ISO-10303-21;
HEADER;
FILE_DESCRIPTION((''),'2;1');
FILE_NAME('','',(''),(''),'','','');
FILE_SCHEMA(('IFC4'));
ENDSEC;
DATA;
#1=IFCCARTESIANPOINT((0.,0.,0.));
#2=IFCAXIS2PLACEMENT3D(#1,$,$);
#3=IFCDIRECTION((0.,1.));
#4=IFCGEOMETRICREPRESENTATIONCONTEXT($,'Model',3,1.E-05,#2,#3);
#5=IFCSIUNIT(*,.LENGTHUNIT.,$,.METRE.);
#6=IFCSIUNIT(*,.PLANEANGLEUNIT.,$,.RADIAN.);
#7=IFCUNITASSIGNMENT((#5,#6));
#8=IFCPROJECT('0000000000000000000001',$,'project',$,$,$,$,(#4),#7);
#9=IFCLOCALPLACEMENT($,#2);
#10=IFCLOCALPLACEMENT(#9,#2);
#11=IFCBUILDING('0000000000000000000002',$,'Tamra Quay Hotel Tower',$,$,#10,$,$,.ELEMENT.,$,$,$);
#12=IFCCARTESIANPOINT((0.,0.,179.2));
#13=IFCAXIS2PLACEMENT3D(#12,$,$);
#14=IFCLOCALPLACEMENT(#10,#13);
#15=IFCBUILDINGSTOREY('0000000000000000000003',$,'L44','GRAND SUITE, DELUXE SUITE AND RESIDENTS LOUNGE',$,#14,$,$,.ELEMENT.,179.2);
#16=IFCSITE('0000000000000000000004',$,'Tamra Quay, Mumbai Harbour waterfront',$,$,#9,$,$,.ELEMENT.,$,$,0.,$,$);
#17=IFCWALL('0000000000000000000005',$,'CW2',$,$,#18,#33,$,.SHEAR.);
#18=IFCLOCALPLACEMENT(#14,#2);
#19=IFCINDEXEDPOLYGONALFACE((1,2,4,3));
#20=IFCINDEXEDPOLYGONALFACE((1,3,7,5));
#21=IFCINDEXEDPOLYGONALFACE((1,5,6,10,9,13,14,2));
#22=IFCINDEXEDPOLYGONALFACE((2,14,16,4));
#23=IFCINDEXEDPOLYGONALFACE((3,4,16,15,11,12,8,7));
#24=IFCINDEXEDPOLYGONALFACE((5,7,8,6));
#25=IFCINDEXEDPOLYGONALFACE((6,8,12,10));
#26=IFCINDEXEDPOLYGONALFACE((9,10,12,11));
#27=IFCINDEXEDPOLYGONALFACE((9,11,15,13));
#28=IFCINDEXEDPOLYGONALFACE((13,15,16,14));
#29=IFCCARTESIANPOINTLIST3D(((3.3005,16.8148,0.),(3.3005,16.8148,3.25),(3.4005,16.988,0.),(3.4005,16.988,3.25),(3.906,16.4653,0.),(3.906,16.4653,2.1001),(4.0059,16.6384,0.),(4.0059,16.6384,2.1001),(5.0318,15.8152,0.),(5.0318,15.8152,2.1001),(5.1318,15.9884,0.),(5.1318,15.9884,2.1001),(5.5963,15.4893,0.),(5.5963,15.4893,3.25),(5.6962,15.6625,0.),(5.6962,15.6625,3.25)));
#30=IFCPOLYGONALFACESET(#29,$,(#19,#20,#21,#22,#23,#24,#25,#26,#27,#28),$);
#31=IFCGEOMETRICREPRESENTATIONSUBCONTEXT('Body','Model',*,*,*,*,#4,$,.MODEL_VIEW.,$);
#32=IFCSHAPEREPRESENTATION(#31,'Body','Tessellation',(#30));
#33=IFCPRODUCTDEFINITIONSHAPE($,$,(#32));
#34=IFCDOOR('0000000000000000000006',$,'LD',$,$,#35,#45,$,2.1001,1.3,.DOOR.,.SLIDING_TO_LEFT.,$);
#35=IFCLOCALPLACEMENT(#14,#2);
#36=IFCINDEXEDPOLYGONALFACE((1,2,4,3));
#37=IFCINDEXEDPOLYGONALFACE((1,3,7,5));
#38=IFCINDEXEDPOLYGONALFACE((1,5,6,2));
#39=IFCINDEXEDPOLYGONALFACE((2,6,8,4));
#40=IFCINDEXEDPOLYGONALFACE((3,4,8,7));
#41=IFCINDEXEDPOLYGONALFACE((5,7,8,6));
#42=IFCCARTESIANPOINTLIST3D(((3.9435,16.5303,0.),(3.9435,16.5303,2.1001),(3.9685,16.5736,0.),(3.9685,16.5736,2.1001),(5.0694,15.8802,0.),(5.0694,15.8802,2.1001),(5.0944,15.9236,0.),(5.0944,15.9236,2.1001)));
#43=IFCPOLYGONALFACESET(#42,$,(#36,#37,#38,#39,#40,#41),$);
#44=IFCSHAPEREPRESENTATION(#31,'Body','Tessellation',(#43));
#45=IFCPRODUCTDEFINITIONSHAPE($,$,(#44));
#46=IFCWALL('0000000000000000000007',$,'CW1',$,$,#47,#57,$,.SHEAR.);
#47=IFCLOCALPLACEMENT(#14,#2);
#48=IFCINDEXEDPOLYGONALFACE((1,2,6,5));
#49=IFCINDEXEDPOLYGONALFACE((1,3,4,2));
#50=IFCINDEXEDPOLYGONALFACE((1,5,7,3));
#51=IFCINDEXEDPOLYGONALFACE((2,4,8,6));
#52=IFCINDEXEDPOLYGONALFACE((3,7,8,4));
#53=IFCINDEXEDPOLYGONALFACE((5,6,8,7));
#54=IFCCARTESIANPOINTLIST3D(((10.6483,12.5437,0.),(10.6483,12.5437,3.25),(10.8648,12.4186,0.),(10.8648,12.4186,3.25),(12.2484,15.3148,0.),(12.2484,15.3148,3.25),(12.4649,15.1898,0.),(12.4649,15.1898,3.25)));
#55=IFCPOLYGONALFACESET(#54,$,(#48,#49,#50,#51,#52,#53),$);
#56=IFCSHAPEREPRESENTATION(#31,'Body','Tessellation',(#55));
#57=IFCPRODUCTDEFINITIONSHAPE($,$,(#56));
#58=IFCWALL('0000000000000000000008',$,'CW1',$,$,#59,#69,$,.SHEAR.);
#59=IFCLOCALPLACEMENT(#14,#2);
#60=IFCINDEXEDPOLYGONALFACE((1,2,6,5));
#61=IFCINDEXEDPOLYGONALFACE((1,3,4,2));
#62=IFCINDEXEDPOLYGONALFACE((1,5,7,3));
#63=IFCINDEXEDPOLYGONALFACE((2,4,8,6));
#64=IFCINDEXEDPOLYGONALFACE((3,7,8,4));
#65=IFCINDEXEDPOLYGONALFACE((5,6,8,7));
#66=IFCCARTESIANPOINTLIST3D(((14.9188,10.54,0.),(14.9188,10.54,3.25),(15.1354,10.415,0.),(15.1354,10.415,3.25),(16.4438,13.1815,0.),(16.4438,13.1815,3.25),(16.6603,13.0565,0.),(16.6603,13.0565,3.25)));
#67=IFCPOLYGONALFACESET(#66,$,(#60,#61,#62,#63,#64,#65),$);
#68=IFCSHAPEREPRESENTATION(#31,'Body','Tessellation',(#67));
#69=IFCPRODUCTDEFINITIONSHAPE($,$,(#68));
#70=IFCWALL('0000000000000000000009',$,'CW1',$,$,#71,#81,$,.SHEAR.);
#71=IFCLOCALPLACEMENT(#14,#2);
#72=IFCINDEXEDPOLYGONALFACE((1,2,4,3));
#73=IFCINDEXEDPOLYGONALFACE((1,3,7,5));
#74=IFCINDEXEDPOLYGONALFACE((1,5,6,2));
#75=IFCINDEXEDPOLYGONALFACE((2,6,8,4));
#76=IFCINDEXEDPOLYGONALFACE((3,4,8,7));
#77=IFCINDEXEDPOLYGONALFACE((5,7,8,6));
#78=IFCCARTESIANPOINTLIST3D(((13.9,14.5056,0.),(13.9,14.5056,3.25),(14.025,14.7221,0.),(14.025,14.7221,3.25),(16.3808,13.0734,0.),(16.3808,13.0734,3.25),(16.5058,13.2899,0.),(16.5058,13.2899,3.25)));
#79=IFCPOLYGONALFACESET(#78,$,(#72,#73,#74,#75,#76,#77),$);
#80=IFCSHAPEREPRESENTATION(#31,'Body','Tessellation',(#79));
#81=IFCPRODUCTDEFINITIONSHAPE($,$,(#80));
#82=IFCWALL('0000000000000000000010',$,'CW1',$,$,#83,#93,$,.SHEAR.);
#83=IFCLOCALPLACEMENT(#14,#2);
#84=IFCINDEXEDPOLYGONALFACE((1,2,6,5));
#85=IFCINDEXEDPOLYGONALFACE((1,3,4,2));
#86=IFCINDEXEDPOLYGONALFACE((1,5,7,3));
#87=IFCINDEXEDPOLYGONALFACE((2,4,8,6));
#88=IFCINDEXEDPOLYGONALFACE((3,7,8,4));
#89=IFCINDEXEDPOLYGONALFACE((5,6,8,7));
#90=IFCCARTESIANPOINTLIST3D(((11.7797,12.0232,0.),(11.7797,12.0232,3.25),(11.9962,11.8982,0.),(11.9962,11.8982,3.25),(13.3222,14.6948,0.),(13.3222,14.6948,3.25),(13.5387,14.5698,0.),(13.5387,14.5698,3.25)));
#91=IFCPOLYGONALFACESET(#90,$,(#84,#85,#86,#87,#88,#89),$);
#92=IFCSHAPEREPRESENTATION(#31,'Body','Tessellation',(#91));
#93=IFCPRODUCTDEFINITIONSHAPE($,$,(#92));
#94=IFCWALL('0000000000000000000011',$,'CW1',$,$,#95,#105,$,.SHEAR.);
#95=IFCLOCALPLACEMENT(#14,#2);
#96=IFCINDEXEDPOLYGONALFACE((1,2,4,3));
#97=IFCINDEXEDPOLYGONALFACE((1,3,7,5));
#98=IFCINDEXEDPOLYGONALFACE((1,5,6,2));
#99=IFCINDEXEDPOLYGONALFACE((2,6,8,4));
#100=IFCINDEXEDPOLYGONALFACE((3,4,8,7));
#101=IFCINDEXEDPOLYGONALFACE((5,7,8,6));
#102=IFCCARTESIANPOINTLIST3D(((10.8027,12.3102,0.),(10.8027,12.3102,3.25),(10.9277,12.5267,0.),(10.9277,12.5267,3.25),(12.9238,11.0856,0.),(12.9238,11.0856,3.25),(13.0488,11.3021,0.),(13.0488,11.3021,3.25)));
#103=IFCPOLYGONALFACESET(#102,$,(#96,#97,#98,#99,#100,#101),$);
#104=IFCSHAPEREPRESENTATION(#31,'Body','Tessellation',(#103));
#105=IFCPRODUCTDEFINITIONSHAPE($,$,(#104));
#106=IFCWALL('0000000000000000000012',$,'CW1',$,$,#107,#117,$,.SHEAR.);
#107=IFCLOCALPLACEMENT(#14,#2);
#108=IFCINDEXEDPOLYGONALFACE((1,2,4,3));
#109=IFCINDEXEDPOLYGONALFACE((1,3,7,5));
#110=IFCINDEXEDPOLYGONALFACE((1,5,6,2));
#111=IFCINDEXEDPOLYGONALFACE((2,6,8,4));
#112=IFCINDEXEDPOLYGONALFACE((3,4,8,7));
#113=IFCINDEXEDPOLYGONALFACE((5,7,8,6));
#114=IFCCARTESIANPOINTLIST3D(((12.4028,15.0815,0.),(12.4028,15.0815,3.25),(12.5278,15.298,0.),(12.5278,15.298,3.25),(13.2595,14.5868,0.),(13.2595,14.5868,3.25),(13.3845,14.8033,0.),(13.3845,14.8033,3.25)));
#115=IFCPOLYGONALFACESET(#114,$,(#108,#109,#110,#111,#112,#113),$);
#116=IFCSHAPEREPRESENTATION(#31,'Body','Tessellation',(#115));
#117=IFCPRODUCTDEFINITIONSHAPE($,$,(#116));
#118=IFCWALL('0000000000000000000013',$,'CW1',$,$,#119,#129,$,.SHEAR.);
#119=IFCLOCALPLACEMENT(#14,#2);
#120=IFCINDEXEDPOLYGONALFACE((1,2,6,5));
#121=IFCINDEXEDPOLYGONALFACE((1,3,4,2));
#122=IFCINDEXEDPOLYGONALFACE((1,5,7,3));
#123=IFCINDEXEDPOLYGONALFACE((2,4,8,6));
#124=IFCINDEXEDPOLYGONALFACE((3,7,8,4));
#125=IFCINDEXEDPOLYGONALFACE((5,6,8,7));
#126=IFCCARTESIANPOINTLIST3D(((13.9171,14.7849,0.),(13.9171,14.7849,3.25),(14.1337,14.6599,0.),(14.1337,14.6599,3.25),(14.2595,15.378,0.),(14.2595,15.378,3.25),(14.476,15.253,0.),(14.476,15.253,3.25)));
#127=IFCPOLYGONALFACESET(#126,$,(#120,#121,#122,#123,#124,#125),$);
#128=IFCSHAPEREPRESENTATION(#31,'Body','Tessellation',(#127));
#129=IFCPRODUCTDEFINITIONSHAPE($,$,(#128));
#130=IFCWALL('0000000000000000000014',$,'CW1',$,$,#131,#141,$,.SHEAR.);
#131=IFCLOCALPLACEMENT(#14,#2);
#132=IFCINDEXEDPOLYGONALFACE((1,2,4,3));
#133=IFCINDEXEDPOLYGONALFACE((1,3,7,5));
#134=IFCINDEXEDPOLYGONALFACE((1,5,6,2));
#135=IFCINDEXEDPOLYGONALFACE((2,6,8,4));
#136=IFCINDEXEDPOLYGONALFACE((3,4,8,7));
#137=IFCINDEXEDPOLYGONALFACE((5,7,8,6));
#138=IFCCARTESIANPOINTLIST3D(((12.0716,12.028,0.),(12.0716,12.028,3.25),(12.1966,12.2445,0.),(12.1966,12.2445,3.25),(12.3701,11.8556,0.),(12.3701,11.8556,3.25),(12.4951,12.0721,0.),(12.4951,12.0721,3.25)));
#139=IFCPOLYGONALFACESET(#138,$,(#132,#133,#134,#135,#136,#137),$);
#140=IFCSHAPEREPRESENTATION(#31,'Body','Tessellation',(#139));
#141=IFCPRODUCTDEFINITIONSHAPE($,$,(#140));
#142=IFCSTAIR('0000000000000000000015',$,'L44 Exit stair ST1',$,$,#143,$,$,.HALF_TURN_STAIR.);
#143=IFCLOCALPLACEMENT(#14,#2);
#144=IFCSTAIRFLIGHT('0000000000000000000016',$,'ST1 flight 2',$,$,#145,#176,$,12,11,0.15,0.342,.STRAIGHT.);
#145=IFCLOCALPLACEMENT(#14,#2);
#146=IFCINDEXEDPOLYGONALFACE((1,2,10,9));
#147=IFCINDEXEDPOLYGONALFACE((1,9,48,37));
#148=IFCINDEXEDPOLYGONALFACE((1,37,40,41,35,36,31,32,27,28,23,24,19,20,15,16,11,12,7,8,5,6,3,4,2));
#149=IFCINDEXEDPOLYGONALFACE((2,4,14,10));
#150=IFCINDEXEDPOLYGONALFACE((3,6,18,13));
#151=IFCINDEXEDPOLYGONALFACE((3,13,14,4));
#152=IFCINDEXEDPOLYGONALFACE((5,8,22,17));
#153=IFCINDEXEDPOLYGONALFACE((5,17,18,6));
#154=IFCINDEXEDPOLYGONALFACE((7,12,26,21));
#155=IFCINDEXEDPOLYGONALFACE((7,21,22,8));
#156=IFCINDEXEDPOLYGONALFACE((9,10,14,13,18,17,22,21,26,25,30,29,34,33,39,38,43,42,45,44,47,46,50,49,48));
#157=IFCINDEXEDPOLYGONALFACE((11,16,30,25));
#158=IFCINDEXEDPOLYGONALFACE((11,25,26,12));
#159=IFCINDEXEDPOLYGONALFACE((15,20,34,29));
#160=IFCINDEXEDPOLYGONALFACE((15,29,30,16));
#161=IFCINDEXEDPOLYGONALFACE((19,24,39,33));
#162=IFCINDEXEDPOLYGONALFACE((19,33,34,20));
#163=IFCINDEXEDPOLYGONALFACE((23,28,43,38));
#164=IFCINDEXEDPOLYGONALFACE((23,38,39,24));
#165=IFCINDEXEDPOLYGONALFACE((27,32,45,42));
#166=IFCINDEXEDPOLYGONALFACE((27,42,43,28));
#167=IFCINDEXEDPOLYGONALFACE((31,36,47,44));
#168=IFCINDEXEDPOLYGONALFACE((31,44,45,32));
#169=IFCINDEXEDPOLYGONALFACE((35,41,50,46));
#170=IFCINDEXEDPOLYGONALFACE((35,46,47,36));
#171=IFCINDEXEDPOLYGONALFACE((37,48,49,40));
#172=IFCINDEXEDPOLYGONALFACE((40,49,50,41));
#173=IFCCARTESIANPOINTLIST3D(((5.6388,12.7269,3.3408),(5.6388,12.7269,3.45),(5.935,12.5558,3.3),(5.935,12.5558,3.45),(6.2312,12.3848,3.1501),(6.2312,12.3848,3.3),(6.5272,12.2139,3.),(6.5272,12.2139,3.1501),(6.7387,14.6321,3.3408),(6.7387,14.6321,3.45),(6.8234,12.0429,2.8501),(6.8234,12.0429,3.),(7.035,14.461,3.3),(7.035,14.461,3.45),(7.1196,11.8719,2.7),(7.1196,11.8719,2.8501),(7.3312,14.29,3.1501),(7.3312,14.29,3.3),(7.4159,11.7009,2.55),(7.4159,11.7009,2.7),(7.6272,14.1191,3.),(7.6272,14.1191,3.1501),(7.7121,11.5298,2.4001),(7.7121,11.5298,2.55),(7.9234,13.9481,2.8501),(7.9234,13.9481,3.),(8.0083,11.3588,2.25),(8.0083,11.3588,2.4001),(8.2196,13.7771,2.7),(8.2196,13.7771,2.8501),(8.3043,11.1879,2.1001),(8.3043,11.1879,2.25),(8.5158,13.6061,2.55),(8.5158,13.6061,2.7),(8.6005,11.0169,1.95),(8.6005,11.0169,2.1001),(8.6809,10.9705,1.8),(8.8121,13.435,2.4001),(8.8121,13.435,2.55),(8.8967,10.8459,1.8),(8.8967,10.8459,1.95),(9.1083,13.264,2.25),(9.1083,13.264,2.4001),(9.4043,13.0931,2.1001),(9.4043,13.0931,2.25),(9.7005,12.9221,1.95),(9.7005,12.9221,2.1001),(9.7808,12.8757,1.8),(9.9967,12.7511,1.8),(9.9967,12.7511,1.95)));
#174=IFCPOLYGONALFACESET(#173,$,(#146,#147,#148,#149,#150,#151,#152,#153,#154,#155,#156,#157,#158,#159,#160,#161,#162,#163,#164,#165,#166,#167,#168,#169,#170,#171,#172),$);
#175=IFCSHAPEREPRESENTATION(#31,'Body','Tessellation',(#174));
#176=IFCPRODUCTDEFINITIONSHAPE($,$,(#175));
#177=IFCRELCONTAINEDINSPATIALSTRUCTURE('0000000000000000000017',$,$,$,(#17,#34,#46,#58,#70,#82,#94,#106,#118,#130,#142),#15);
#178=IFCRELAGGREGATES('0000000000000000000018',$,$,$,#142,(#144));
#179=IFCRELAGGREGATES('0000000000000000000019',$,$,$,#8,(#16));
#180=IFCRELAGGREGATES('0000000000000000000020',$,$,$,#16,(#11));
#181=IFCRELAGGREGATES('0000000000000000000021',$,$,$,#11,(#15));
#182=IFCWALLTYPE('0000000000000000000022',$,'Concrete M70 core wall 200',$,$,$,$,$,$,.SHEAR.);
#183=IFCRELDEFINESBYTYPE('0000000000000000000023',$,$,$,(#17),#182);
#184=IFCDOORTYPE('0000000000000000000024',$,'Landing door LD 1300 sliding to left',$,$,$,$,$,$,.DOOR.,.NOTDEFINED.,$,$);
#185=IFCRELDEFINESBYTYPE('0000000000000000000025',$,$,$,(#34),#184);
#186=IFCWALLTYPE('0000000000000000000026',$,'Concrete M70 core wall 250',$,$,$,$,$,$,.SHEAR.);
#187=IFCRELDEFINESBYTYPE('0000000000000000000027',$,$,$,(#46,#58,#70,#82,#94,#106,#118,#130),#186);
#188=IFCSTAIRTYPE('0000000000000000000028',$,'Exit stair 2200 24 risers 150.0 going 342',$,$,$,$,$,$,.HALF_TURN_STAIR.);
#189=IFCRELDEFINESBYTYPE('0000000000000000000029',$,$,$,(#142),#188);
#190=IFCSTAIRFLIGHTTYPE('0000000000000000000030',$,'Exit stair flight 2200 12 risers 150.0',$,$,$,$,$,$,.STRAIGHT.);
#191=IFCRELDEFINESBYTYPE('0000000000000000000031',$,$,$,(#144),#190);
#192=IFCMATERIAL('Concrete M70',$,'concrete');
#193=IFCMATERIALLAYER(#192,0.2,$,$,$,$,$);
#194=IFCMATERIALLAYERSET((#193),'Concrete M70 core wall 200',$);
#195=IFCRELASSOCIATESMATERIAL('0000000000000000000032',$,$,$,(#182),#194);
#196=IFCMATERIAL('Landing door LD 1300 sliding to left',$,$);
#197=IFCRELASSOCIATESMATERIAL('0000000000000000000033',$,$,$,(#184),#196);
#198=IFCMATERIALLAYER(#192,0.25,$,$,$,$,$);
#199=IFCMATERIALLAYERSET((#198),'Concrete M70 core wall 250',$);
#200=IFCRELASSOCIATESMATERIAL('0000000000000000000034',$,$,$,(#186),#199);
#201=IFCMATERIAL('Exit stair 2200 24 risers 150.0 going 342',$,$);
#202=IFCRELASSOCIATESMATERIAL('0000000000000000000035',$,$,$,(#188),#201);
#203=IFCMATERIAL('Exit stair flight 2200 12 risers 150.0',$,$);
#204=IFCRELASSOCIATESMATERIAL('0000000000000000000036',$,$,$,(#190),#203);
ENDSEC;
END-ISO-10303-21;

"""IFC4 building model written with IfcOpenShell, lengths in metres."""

from ifc_helpers import new_model, si_unit, direction, frame, frame_2d, origin, place, context, subcontext, project, spatial, polyline, rectangle, outline, extrude, material, layer, layer_set, type_object, element, fill, aggregate, save


model = new_model("IFC4")

# Units and contexts
model_context = context("Model", 3, precision=1e-05, world=origin(), true_north=direction((0.0, 1.0)))
body_context = subcontext(model_context, "Body", "Model", "MODEL_VIEW")
ifc_project = project(units=[si_unit("LENGTHUNIT", "METRE"), si_unit("PLANEANGLEUNIT", "RADIAN")], contexts=[model_context])

# Site, building, storey
site_placement = place(None, origin())
site = spatial("IfcSite", under=ifc_project, at=site_placement, Name="Tamra Quay, Mumbai Harbour waterfront", CompositionType="ELEMENT", RefElevation=0.0)
building_placement = place(site_placement, origin())
building = spatial("IfcBuilding", under=site, at=building_placement, Name="Tamra Quay Hotel Tower", CompositionType="ELEMENT")
storey_placement = place(building_placement, frame((0.0, 0.0, 179.2)))
storey = spatial("IfcBuildingStorey", under=building, at=storey_placement, Name="L44", Description="GRAND SUITE, DELUXE SUITE AND RESIDENTS LOUNGE", CompositionType="ELEMENT", Elevation=179.2)

# Shared definitions
ifc_material_1 = material(Name="Concrete M70", Category="concrete")

# Shared definitions
ifc_layer_1 = layer(ifc_material_1, 0.2)
ifc_layer_set_1 = layer_set([ifc_layer_1], Name="Concrete M70 core wall 200")
wall_type_1 = type_object("IfcWallType", Name="Concrete M70 core wall 200", PredefinedType="SHEAR", material=ifc_layer_set_1)

# Wall, opening, door
wall_1_placement = place(storey_placement, frame((5.6462, 15.5759, 0.0), z_axis=(0.0, 0.0, 1.0), x_axis=(-0.866018, 0.500012, 0.0)))
wall_1 = element("IfcWall", 1, at=wall_1_placement, inside=storey, type_object=wall_type_1, Name="CW2", PredefinedType="SHEAR", context=body_context, shape_type="SweptSolid", body=[
    extrude(rectangle(XDim=2.6509, YDim=0.2, at=frame_2d((1.3254, 0.0))), origin(), (0.0, 0.0, 1.0), 3.25),
])
opening_1_placement = place(wall_1_placement, frame((0.6519, 0.0, 0.0)))
opening_1 = element("IfcOpeningElement", 2, at=opening_1_placement, cuts=wall_1, PredefinedType="OPENING", context=body_context, shape_type="SweptSolid", body=[
    extrude(rectangle(XDim=1.3, YDim=2.1001, at=frame_2d((0.6499, 1.05))), frame((0.0, 0.1099, 0.0), z_axis=(0.0, -1.0, 0.0), x_axis=(1.0, 0.0, 0.0)), (0.0, 0.0, 1.0), 0.22),
])
ifc_material_2 = material(Name="Landing door LD 1300 sliding to left")
door_type_1 = type_object("IfcDoorType", Name="Landing door LD 1300 sliding to left", OperationType="NOTDEFINED", PredefinedType="DOOR", material=ifc_material_2)
door_1_placement = place(opening_1_placement, origin())
door_1 = element("IfcDoor", 3, at=door_1_placement, inside=storey, type_object=door_type_1, Name="LD", OperationType="SLIDING_TO_LEFT", OverallHeight=2.1001, OverallWidth=1.3, PredefinedType="DOOR", context=body_context, shape_type="SweptSolid", body=[
    extrude(rectangle(XDim=1.3, YDim=2.1001, at=frame_2d((0.6499, 1.05))), frame((0.0, 0.0249, 0.0), z_axis=(0.0, -1.0, 0.0), x_axis=(1.0, 0.0, 0.0)), (0.0, 0.0, 1.0), 0.05),
])
fill(opening_1, door_1)

# Walls
ifc_layer_2 = layer(ifc_material_1, 0.25)
ifc_layer_set_2 = layer_set([ifc_layer_2], Name="Concrete M70 core wall 250")
wall_type_2 = type_object("IfcWallType", Name="Concrete M70 core wall 250", PredefinedType="SHEAR", material=ifc_layer_set_2)
wall_2_placement = place(storey_placement, frame((12.3567, 15.2524, 0.0), z_axis=(0.0, 0.0, 1.0), x_axis=(-0.500028, -0.866009, 0.0)))
element("IfcWall", 4, at=wall_2_placement, inside=storey, type_object=wall_type_2, Name="CW1", PredefinedType="SHEAR", context=body_context, shape_type="SweptSolid", body=[
    extrude(rectangle(XDim=3.2, YDim=0.25, at=frame_2d((1.6001, 0.0))), origin(), (0.0, 0.0, 1.0), 3.25),
])
wall_3_placement = place(storey_placement, frame((16.552, 13.1189, 0.0), z_axis=(0.0, 0.0, 1.0), x_axis=(-0.499979, -0.866038, 0.0)))
element("IfcWall", 5, at=wall_3_placement, inside=storey, type_object=wall_type_2, Name="CW1", PredefinedType="SHEAR", context=body_context, shape_type="SweptSolid", body=[
    extrude(rectangle(XDim=3.05, YDim=0.25, at=frame_2d((1.5249, 0.0))), origin(), (0.0, 0.0, 1.0), 3.25),
])
wall_4_placement = place(storey_placement, frame((13.9626, 14.6138, 0.0), z_axis=(0.0, 0.0, 1.0), x_axis=(0.866042, -0.499971, 0.0)))
element("IfcWall", 6, at=wall_4_placement, inside=storey, type_object=wall_type_2, Name="CW1", PredefinedType="SHEAR", context=body_context, shape_type="SweptSolid", body=[
    extrude(rectangle(XDim=2.8645, YDim=0.25, at=frame_2d((1.4321, 0.0))), origin(), (0.0, 0.0, 1.0), 3.25),
])
wall_5_placement = place(storey_placement, frame((11.8879, 11.9607, 0.0), z_axis=(0.0, 0.0, 1.0), x_axis=(0.500003, 0.866023, 0.0)))
element("IfcWall", 7, at=wall_5_placement, inside=storey, type_object=wall_type_2, Name="CW1", PredefinedType="SHEAR", context=body_context, shape_type="SweptSolid", body=[
    extrude(rectangle(XDim=3.085, YDim=0.25, at=frame_2d((1.5425, 0.0))), origin(), (0.0, 0.0, 1.0), 3.25),
])
wall_6_placement = place(storey_placement, frame((10.8652, 12.4185, 0.0), z_axis=(0.0, 0.0, 1.0), x_axis=(0.866026, -0.499999, 0.0)))
element("IfcWall", 8, at=wall_6_placement, inside=storey, type_object=wall_type_2, Name="CW1", PredefinedType="SHEAR", context=body_context, shape_type="SweptSolid", body=[
    extrude(rectangle(XDim=2.4492, YDim=0.25, at=frame_2d((1.2246, 0.0))), origin(), (0.0, 0.0, 1.0), 3.25),
])
wall_7_placement = place(storey_placement, frame((13.322, 14.6951, 0.0), z_axis=(0.0, 0.0, 1.0), x_axis=(-0.866017, 0.500014, 0.0)))
element("IfcWall", 9, at=wall_7_placement, inside=storey, type_object=wall_type_2, Name="CW1", PredefinedType="SHEAR", context=body_context, shape_type="SweptSolid", body=[
    extrude(rectangle(XDim=0.9893, YDim=0.25, at=frame_2d((0.4946, 0.0))), origin(), (0.0, 0.0, 1.0), 3.25),
])
wall_8_placement = place(storey_placement, frame((14.3677, 15.3154, 0.0), z_axis=(0.0, 0.0, 1.0), x_axis=(-0.499897, -0.866085, 0.0)))
element("IfcWall", 10, at=wall_8_placement, inside=storey, type_object=wall_type_2, Name="CW1", PredefinedType="SHEAR", context=body_context, shape_type="SweptSolid", body=[
    extrude(rectangle(XDim=0.6848, YDim=0.25, at=frame_2d((0.3423, 0.0))), origin(), (0.0, 0.0, 1.0), 3.25),
])
wall_9_placement = place(storey_placement, frame((12.4326, 11.9639, 0.0), z_axis=(0.0, 0.0, 1.0), x_axis=(-0.866056, 0.499947, 0.0)))
element("IfcWall", 11, at=wall_9_placement, inside=storey, type_object=wall_type_2, Name="CW1", PredefinedType="SHEAR", context=body_context, shape_type="SweptSolid", body=[
    extrude(rectangle(XDim=0.3447, YDim=0.25, at=frame_2d((0.1724, 0.0))), origin(), (0.0, 0.0, 1.0), 3.25),
])

# Stair, stair flight
ifc_material_3 = material(Name="Exit stair 2200 24 risers 150.0 going 342")
stair_type = type_object("IfcStairType", Name="Exit stair 2200 24 risers 150.0 going 342", PredefinedType="HALF_TURN_STAIR", material=ifc_material_3)
stair_placement = place(storey_placement, origin())
stair = element("IfcStair", 12, at=stair_placement, inside=storey, type_object=stair_type, Name="L44 Exit stair ST1", PredefinedType="HALF_TURN_STAIR")
ifc_material_4 = material(Name="Exit stair flight 2200 12 risers 150.0")
stair_flight_type = type_object("IfcStairFlightType", Name="Exit stair flight 2200 12 risers 150.0", PredefinedType="STRAIGHT", material=ifc_material_4)
stair_flight_placement = place(storey_placement, frame((9.4468, 11.7986, 1.8), z_axis=(0.0, 0.0, 1.0), x_axis=(-0.866025, 0.5, 0.0)))
stair_flight = element("IfcStairFlight", 13, at=stair_flight_placement, type_object=stair_flight_type, Name="ST1 flight 2", NumberOfRisers=12, NumberOfTreads=11, PredefinedType="STRAIGHT", RiserHeight=0.15, TreadLength=0.342, context=body_context, shape_type="SweptSolid", body=[
    extrude(outline(polyline([(0.0, 0.0), (0.0, 0.1499), (0.342, 0.1499), (0.342, 0.3), (0.6841, 0.3), (0.6841, 0.45), (1.0259, 0.45), (1.0259, 0.6001), (1.3679, 0.6001), (1.3679, 0.75), (1.71, 0.75), (1.71, 0.8999), (2.052, 0.8999), (2.052, 1.05), (2.394, 1.05), (2.394, 1.2), (2.7361, 1.2), (2.7361, 1.3501), (3.0779, 1.3501), (3.0779, 1.5), (3.4199, 1.5), (3.4199, 1.6499), (3.762, 1.6499), (3.762, 1.8), (3.762, 1.5408), (0.2493, 0.0), (0.0, 0.0)])), frame((0.0, 1.1001, 0.0), z_axis=(0.0, -1.0, 0.0), x_axis=(1.0, 0.0, 0.0)), (0.0, 0.0, 1.0), 2.2),
])
aggregate(stair, [stair_flight])

save(model, "model.ifc")
